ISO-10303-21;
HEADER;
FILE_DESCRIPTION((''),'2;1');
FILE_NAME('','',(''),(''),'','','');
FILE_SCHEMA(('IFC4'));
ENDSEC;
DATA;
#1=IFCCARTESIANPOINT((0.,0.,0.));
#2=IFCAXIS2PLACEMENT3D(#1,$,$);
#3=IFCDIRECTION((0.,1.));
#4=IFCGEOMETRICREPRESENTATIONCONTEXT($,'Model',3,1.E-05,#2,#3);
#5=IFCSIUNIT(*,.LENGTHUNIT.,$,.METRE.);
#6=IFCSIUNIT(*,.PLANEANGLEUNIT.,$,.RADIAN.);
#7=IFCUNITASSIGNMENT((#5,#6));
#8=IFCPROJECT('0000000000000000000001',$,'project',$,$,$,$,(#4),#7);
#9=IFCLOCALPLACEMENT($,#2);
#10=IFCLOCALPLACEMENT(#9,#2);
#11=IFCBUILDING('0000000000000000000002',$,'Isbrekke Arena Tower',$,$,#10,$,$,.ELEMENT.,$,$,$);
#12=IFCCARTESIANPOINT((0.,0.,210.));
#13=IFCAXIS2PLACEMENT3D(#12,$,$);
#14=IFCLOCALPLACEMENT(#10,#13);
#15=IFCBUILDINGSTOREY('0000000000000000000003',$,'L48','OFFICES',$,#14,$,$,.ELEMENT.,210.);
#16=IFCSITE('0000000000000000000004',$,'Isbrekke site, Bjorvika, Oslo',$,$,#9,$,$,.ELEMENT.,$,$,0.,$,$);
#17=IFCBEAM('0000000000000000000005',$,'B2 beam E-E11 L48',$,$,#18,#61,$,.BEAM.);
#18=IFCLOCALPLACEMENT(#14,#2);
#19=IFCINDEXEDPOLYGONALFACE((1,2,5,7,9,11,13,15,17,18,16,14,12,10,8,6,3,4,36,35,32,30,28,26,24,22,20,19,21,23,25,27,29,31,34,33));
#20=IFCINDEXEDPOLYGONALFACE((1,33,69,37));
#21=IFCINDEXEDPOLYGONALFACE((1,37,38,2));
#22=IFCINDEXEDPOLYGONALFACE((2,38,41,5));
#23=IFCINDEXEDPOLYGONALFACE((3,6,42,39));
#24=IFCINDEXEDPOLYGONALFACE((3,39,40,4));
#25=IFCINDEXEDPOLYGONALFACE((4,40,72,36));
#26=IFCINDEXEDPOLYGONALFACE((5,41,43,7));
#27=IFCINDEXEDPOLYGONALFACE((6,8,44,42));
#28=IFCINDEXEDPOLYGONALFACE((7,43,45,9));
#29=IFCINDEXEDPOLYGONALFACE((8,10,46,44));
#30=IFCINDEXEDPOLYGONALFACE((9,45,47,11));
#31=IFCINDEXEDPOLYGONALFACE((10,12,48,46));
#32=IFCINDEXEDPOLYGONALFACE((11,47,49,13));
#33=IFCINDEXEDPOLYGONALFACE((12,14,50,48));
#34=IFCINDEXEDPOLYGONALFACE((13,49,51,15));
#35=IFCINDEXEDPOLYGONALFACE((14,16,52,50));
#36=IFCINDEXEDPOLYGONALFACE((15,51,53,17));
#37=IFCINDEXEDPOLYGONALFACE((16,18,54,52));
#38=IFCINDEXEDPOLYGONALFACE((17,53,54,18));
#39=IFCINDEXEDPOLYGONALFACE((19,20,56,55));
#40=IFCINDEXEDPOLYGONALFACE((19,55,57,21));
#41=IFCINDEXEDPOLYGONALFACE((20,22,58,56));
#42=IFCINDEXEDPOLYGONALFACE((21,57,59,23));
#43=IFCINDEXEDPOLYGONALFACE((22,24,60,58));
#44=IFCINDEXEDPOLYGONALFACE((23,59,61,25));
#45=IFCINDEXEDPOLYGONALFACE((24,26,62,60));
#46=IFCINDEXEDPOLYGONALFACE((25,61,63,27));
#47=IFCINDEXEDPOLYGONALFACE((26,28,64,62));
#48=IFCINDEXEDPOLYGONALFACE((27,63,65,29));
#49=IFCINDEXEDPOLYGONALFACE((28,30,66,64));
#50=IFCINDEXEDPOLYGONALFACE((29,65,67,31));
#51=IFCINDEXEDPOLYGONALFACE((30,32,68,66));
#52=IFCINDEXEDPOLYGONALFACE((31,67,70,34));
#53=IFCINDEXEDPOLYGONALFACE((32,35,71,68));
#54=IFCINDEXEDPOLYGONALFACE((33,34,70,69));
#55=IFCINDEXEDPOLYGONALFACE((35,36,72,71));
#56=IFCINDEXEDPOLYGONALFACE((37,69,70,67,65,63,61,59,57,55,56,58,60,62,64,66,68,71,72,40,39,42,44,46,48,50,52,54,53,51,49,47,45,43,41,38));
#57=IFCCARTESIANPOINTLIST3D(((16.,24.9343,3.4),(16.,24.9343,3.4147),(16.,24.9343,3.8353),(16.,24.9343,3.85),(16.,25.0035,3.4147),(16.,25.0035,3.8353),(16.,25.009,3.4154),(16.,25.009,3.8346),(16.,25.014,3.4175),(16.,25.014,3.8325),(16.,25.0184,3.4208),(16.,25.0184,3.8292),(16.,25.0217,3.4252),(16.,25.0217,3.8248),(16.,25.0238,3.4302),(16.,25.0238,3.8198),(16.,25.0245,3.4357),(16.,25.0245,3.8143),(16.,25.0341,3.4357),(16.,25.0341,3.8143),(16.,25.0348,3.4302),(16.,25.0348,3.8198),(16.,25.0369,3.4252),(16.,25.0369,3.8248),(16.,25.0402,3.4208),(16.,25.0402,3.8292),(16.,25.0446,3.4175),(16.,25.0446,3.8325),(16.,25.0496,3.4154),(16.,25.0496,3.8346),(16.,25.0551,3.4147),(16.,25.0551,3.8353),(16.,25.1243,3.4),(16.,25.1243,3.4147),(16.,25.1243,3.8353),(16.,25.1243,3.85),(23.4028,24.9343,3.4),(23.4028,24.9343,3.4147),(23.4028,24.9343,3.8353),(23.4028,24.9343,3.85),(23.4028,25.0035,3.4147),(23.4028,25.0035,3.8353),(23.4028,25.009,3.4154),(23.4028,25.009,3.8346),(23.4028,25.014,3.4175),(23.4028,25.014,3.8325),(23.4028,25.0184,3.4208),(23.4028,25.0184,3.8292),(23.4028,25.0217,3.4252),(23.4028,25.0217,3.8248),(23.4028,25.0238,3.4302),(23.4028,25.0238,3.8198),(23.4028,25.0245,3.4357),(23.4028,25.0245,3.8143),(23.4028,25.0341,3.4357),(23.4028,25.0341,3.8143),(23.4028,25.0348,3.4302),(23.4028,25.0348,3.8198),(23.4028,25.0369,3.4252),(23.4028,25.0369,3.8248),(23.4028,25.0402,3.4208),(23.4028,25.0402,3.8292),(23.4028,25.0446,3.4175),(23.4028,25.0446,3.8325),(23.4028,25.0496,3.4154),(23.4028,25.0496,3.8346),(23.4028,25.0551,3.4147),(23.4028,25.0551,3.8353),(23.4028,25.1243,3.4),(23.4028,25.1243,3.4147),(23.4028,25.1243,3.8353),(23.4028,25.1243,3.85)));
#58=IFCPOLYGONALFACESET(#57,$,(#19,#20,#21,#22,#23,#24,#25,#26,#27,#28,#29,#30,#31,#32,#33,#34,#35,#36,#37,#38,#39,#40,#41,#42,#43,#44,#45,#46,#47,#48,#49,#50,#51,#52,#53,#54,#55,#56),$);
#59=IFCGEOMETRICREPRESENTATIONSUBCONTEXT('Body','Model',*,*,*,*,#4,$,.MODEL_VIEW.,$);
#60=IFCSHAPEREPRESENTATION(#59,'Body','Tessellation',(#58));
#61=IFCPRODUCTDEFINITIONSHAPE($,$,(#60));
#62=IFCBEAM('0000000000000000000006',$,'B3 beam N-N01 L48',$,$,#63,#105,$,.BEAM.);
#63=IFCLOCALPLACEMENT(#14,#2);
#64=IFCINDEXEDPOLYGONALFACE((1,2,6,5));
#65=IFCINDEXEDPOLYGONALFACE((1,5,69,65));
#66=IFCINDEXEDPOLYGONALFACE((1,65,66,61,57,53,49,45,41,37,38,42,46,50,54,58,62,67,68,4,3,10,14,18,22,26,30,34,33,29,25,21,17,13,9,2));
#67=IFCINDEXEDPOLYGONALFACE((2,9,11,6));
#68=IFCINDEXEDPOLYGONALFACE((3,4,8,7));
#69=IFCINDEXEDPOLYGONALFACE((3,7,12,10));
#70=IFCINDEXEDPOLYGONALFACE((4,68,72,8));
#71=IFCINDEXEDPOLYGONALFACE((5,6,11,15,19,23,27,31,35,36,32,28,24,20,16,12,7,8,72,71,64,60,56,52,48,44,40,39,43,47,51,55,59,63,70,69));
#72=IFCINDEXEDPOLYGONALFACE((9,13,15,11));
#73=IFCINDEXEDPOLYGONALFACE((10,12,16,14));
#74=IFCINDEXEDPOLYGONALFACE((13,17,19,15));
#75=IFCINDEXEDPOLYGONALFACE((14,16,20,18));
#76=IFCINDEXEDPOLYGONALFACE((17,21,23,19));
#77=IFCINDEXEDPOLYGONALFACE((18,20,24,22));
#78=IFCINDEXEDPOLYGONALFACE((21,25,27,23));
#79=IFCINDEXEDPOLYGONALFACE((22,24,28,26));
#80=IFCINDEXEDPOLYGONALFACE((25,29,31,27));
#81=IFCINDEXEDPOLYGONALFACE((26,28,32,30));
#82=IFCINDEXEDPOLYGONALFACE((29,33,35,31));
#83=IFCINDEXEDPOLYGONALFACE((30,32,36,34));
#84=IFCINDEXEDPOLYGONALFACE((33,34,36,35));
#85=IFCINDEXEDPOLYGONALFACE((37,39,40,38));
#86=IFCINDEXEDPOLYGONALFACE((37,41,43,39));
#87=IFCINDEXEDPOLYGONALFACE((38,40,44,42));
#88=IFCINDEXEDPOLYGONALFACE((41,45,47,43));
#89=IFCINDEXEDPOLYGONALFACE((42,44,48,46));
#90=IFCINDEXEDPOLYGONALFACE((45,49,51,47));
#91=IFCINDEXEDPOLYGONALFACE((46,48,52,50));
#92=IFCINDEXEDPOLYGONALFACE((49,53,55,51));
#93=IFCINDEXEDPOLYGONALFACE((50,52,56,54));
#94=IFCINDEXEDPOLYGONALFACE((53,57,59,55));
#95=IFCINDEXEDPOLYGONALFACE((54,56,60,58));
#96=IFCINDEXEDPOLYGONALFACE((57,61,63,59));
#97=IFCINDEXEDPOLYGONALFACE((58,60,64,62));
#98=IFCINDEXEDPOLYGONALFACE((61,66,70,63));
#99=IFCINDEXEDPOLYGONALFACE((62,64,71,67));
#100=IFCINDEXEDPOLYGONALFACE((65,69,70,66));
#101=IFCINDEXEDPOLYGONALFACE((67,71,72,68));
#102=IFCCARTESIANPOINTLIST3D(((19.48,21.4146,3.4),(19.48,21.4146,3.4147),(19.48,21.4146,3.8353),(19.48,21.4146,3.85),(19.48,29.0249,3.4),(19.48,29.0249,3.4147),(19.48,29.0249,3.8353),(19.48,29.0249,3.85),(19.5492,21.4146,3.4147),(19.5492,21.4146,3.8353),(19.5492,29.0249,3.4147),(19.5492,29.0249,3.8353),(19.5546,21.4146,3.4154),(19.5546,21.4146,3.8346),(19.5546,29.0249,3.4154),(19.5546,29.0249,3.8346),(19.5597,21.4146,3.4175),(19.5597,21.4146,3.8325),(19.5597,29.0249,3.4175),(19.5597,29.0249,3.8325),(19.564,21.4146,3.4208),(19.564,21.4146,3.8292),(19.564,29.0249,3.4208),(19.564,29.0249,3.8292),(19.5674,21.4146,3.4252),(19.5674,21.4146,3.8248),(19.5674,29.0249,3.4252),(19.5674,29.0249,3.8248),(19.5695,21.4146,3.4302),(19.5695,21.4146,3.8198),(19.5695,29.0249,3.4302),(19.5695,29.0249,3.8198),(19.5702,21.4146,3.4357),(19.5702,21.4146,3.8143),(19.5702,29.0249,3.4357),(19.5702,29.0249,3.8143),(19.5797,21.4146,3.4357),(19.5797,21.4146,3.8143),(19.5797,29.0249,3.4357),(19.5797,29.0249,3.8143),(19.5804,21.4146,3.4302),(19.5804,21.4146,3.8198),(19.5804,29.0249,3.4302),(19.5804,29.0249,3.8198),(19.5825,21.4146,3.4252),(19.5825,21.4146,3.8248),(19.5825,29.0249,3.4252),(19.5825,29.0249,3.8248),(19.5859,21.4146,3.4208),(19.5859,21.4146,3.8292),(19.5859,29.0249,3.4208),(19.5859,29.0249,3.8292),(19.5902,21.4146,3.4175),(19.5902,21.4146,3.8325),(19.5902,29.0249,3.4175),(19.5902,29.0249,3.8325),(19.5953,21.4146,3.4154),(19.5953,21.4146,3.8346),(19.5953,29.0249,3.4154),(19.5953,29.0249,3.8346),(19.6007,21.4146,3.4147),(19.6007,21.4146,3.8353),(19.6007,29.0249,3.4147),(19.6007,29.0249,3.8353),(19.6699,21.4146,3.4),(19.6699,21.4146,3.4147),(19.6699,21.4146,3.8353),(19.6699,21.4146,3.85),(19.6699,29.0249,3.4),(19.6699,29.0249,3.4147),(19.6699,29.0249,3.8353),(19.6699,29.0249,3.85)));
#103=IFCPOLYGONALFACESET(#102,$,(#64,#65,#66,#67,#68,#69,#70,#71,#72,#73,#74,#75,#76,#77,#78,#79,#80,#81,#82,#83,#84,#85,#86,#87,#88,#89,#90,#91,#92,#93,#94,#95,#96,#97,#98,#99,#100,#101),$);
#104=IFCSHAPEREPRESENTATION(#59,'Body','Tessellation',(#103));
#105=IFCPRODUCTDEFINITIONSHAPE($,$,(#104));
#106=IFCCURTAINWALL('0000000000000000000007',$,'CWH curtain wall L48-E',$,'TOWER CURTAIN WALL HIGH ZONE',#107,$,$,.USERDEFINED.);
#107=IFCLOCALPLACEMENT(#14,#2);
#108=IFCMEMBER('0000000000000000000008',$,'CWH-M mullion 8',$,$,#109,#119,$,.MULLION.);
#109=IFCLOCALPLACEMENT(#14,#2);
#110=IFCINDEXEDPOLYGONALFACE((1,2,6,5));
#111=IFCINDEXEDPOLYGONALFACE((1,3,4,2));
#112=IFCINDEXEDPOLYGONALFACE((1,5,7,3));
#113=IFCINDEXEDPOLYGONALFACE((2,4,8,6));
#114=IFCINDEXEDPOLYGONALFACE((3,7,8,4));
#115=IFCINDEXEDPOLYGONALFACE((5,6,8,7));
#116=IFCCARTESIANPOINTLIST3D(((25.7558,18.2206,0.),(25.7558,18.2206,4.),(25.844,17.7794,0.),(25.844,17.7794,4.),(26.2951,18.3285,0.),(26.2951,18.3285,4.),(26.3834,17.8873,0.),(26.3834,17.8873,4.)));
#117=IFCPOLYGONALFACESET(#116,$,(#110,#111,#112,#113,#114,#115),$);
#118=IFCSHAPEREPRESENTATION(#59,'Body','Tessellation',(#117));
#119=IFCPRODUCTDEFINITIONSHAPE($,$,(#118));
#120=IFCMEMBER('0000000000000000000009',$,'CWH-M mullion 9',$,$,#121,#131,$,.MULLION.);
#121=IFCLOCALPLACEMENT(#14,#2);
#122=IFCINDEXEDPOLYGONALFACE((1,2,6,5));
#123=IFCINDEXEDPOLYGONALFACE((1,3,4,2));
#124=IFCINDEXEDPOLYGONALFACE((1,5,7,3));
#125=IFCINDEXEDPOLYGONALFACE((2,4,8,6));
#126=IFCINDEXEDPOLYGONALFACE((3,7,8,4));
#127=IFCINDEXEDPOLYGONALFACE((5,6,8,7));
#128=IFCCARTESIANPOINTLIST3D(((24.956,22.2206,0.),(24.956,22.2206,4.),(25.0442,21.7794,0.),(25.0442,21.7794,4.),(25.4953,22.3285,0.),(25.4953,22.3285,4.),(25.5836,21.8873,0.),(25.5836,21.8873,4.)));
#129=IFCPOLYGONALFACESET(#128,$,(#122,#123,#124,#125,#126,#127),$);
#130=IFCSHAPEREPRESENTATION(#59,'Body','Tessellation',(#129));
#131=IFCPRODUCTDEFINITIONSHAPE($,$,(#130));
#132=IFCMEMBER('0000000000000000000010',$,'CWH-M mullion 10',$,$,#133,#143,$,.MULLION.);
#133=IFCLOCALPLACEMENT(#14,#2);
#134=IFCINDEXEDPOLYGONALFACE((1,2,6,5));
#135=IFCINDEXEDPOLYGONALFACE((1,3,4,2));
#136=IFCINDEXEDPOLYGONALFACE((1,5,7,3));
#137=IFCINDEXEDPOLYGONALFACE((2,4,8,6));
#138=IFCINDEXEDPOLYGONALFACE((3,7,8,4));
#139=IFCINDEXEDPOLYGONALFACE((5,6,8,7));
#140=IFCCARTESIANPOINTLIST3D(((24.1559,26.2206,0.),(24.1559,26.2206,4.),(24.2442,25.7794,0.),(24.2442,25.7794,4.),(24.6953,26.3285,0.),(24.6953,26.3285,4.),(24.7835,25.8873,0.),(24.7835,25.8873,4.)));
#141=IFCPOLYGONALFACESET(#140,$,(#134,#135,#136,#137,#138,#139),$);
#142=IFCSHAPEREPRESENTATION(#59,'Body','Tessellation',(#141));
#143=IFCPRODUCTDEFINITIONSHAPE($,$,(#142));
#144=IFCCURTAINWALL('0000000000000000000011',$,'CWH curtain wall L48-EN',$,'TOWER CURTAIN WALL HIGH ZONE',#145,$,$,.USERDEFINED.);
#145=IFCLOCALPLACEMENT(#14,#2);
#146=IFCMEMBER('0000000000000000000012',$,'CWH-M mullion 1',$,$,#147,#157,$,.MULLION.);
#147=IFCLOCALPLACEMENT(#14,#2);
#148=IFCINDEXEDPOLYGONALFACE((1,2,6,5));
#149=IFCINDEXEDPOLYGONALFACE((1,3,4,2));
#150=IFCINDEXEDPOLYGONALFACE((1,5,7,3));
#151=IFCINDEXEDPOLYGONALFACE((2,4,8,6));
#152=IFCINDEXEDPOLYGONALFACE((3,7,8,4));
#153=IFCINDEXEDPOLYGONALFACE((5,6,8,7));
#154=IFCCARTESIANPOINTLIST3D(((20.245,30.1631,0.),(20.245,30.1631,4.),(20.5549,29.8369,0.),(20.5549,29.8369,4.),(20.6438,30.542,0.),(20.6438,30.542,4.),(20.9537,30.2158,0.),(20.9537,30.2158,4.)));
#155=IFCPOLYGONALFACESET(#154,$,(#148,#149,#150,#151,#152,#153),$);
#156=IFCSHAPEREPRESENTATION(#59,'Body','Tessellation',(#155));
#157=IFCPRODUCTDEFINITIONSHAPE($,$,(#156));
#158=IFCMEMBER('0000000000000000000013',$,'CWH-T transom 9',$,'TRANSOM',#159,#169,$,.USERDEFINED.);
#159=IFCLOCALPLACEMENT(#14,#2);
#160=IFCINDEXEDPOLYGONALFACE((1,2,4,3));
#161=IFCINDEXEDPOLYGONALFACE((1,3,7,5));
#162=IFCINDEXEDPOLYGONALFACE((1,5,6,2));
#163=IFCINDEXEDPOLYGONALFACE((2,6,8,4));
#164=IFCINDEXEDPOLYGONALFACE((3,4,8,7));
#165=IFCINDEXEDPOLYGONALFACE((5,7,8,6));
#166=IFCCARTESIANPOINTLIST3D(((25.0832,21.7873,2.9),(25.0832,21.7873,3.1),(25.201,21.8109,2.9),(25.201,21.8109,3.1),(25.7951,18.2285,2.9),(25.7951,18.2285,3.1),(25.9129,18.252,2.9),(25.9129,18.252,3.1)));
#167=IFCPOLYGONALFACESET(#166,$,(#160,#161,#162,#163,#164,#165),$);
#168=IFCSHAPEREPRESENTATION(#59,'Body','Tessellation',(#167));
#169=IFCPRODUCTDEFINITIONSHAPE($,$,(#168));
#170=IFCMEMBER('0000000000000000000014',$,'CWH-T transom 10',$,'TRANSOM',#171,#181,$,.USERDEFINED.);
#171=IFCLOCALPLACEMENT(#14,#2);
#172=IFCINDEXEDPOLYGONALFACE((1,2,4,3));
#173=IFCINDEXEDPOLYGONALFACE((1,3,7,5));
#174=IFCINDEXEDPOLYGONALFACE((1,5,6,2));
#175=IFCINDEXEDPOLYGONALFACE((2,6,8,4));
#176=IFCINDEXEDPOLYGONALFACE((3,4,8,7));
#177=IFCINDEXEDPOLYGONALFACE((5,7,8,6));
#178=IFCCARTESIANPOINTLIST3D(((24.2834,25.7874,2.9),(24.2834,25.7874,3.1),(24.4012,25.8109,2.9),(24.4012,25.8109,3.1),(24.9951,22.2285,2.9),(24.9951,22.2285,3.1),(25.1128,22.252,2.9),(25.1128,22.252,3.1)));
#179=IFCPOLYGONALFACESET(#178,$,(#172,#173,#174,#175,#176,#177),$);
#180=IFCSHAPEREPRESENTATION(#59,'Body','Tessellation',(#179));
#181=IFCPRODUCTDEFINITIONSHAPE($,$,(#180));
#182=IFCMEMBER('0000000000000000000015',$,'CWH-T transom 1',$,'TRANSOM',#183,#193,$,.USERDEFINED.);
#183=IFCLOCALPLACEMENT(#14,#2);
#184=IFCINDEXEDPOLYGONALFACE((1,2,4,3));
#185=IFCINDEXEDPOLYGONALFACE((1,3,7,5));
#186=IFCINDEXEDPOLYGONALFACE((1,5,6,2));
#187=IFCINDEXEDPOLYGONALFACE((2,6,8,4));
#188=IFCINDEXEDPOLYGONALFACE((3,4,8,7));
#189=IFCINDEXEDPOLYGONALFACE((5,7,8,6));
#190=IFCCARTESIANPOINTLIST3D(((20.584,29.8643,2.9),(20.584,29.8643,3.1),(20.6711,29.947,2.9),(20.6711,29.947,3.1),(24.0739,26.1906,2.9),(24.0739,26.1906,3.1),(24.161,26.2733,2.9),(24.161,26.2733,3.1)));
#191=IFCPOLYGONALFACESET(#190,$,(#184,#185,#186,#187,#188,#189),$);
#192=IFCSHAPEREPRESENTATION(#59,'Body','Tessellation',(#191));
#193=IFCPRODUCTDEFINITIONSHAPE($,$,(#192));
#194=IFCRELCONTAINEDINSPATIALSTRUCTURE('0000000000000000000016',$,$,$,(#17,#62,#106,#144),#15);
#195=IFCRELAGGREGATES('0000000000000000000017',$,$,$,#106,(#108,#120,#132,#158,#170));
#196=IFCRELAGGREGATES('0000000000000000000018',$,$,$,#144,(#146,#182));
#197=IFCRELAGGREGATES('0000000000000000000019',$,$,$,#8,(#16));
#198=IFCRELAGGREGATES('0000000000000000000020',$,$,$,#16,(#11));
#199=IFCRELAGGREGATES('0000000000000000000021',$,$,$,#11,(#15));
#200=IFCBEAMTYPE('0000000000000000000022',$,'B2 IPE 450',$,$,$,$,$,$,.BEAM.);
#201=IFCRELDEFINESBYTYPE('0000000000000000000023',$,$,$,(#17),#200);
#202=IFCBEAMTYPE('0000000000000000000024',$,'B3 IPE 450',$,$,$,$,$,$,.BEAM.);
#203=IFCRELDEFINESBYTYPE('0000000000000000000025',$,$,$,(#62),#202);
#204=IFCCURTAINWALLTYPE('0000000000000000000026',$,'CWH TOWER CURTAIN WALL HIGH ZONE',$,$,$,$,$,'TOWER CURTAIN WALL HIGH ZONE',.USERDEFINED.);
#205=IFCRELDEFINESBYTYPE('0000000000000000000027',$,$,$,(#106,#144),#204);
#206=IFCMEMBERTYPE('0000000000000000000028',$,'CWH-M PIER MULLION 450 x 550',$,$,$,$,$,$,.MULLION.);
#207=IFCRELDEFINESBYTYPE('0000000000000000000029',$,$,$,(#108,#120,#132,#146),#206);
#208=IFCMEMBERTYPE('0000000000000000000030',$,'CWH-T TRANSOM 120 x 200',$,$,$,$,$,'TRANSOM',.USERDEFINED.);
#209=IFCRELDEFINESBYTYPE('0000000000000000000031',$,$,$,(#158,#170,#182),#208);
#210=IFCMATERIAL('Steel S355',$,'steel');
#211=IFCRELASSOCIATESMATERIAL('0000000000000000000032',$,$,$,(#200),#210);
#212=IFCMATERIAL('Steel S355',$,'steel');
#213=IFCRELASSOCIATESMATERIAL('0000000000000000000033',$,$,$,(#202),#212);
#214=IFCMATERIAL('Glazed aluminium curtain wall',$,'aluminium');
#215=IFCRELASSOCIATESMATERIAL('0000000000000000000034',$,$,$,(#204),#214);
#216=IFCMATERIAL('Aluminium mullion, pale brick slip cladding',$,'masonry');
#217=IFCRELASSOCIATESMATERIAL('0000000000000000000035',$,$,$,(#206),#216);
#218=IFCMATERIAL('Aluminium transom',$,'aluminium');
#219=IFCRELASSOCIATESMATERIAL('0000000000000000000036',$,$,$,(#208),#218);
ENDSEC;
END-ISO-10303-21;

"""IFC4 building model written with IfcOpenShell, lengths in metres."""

from ifc_helpers import new_model, si_unit, direction, frame, origin, origin_2d, place, context, subcontext, project, spatial, rectangle, i_section, extrude, material, material_profile, profile_set, type_object, element, aggregate, save


model = new_model("IFC4")

# Units and contexts
model_context = context("Model", 3, precision=1e-05, world=origin(), true_north=direction((0.0, 1.0)))
body_context = subcontext(model_context, "Body", "Model", "MODEL_VIEW")
ifc_project = project(units=[si_unit("LENGTHUNIT", "METRE"), si_unit("PLANEANGLEUNIT", "RADIAN")], contexts=[model_context])

# Site, building, storey
site_placement = place(None, origin())
site = spatial("IfcSite", under=ifc_project, at=site_placement, Name="Isbrekke site, Bjorvika, Oslo", CompositionType="ELEMENT", RefElevation=0.0)
building_placement = place(site_placement, origin())
building = spatial("IfcBuilding", under=site, at=building_placement, Name="Isbrekke Arena Tower", CompositionType="ELEMENT")
storey_placement = place(building_placement, frame((0.0, 0.0, 210.0)))
storey = spatial("IfcBuildingStorey", under=building, at=storey_placement, Name="L48", Description="OFFICES", CompositionType="ELEMENT", Elevation=210.0)

# Beams
ifc_material_1 = material(Name="Steel S355", Category="steel")
ifc_material_profile_1 = material_profile(ifc_material_1, i_section(OverallWidth=0.1899, OverallDepth=0.45, WebThickness=0.0095, FlangeThickness=0.0146, FilletRadius=0.021, at=origin_2d()), Name="IPE 450")
ifc_profile_set_1 = profile_set([ifc_material_profile_1], Name="Steel S355")
beam_type_1 = type_object("IfcBeamType", Name="B2 IPE 450", PredefinedType="BEAM", material=ifc_profile_set_1)
beam_1_placement = place(storey_placement, frame((23.4028, 25.0293, 3.625), z_axis=(-1.0, 0.0, 0.0), x_axis=(0.0, -1.0, 0.0)))
element("IfcBeam", 1, at=beam_1_placement, inside=storey, type_object=beam_type_1, Name="B2 beam E-E11 L48", PredefinedType="BEAM", context=body_context, shape_type="SweptSolid", body=[
    extrude(i_section(OverallWidth=0.1899, OverallDepth=0.45, WebThickness=0.0095, FlangeThickness=0.0146, FilletRadius=0.021, at=origin_2d()), origin(), (0.0, 0.0, 1.0), 7.4028),
])
ifc_material_2 = material(Name="Steel S355", Category="steel")
ifc_material_profile_2 = material_profile(ifc_material_2, i_section(OverallWidth=0.1899, OverallDepth=0.45, WebThickness=0.0095, FlangeThickness=0.0146, FilletRadius=0.021, at=origin_2d()), Name="IPE 450")
ifc_profile_set_2 = profile_set([ifc_material_profile_2], Name="Steel S355")
beam_type_2 = type_object("IfcBeamType", Name="B3 IPE 450", PredefinedType="BEAM", material=ifc_profile_set_2)
beam_2_placement = place(storey_placement, frame((19.575, 29.0249, 3.625), z_axis=(0.0, -1.0, 0.0), x_axis=(1.0, 0.0, 0.0)))
element("IfcBeam", 2, at=beam_2_placement, inside=storey, type_object=beam_type_2, Name="B3 beam N-N01 L48", PredefinedType="BEAM", context=body_context, shape_type="SweptSolid", body=[
    extrude(i_section(OverallWidth=0.1899, OverallDepth=0.45, WebThickness=0.0095, FlangeThickness=0.0146, FilletRadius=0.021, at=origin_2d()), origin(), (0.0, 0.0, 1.0), 7.6104),
])

# Curtain wall, members
ifc_material_3 = material(Name="Glazed aluminium curtain wall", Category="aluminium")
curtain_wall_type = type_object("IfcCurtainWallType", Name="CWH TOWER CURTAIN WALL HIGH ZONE", ElementType="TOWER CURTAIN WALL HIGH ZONE", PredefinedType="USERDEFINED", material=ifc_material_3)
curtain_wall_1_placement = place(storey_placement, origin())
curtain_wall_1 = element("IfcCurtainWall", 3, at=curtain_wall_1_placement, inside=storey, type_object=curtain_wall_type, Name="CWH curtain wall L48-E", ObjectType="TOWER CURTAIN WALL HIGH ZONE", PredefinedType="USERDEFINED")
ifc_material_4 = material(Name="Aluminium mullion, pale brick slip cladding", Category="masonry")
ifc_material_profile_3 = material_profile(ifc_material_4, rectangle(XDim=0.45, YDim=0.55, at=origin_2d()), Name="PIER 450X550")
ifc_profile_set_3 = profile_set([ifc_material_profile_3], Name="Aluminium mullion, pale brick slip cladding")
member_type_1 = type_object("IfcMemberType", Name="CWH-M PIER MULLION 450 x 550", PredefinedType="MULLION", material=ifc_profile_set_3)
member_1_placement = place(storey_placement, frame((26.0696, 18.054, 0.0), z_axis=(0.0, 0.0, 1.0), x_axis=(-0.196116, 0.980581, 0.0)))
member_1 = element("IfcMember", 4, at=member_1_placement, type_object=member_type_1, Name="CWH-M mullion 8", PredefinedType="MULLION", context=body_context, shape_type="SweptSolid", body=[
    extrude(rectangle(XDim=0.45, YDim=0.55, at=origin_2d()), origin(), (0.0, 0.0, 1.0), 4.0),
])
member_2_placement = place(storey_placement, frame((25.2698, 22.054, 0.0), z_axis=(0.0, 0.0, 1.0), x_axis=(-0.196116, 0.980581, 0.0)))
member_2 = element("IfcMember", 5, at=member_2_placement, type_object=member_type_1, Name="CWH-M mullion 9", PredefinedType="MULLION", context=body_context, shape_type="SweptSolid", body=[
    extrude(rectangle(XDim=0.45, YDim=0.55, at=origin_2d()), origin(), (0.0, 0.0, 1.0), 4.0),
])
member_3_placement = place(storey_placement, frame((24.4697, 26.054, 0.0), z_axis=(0.0, 0.0, 1.0), x_axis=(-0.196116, 0.980581, 0.0)))
member_3 = element("IfcMember", 6, at=member_3_placement, type_object=member_type_1, Name="CWH-M mullion 10", PredefinedType="MULLION", context=body_context, shape_type="SweptSolid", body=[
    extrude(rectangle(XDim=0.45, YDim=0.55, at=origin_2d()), origin(), (0.0, 0.0, 1.0), 4.0),
])

# Curtain wall, member
curtain_wall_2_placement = place(storey_placement, origin())
curtain_wall_2 = element("IfcCurtainWall", 7, at=curtain_wall_2_placement, inside=storey, type_object=curtain_wall_type, Name="CWH curtain wall L48-EN", ObjectType="TOWER CURTAIN WALL HIGH ZONE", PredefinedType="USERDEFINED")
member_4_placement = place(storey_placement, frame((20.5994, 30.1895, 0.0), z_axis=(0.0, 0.0, 1.0), x_axis=(-0.688749, 0.724999, 0.0)))
member_4 = element("IfcMember", 8, at=member_4_placement, type_object=member_type_1, Name="CWH-M mullion 1", PredefinedType="MULLION", context=body_context, shape_type="SweptSolid", body=[
    extrude(rectangle(XDim=0.45, YDim=0.55, at=origin_2d()), origin(), (0.0, 0.0, 1.0), 4.0),
])

# Members
ifc_material_5 = material(Name="Aluminium transom", Category="aluminium")
ifc_material_profile_4 = material_profile(ifc_material_5, rectangle(XDim=0.1201, YDim=0.2, at=origin_2d()), Name="TRANSOM 120X200")
ifc_profile_set_4 = profile_set([ifc_material_profile_4], Name="Aluminium transom")
member_type_2 = type_object("IfcMemberType", Name="CWH-T TRANSOM 120 x 200", ElementType="TRANSOM", PredefinedType="USERDEFINED", material=ifc_profile_set_4)
member_5_placement = place(storey_placement, frame((25.854, 18.2402, 3.0), z_axis=(-0.196155, 0.980573, 0.0), x_axis=(-0.980573, -0.196155, 0.0)))
member_5 = element("IfcMember", 9, at=member_5_placement, type_object=member_type_2, Name="CWH-T transom 9", ObjectType="TRANSOM", PredefinedType="USERDEFINED", context=body_context, shape_type="SweptSolid", body=[
    extrude(rectangle(XDim=0.1201, YDim=0.2, at=origin_2d()), origin(), (0.0, 0.0, 1.0), 3.6294),
])
member_6_placement = place(storey_placement, frame((25.054, 22.2402, 3.0), z_axis=(-0.19609, 0.980586, 0.0), x_axis=(-0.980586, -0.19609, 0.0)))
member_6 = element("IfcMember", 10, at=member_6_placement, type_object=member_type_2, Name="CWH-T transom 10", ObjectType="TRANSOM", PredefinedType="USERDEFINED", context=body_context, shape_type="SweptSolid", body=[
    extrude(rectangle(XDim=0.1201, YDim=0.2, at=origin_2d()), origin(), (0.0, 0.0, 1.0), 3.6294),
])
member_7_placement = place(storey_placement, frame((24.1174, 26.2319, 3.0), z_axis=(-0.688734, 0.725014, 0.0), x_axis=(-0.725014, -0.688734, 0.0)))
member_7 = element("IfcMember", 11, at=member_7_placement, type_object=member_type_2, Name="CWH-T transom 1", ObjectType="TRANSOM", PredefinedType="USERDEFINED", context=body_context, shape_type="SweptSolid", body=[
    extrude(rectangle(XDim=0.1201, YDim=0.2, at=origin_2d()), origin(), (0.0, 0.0, 1.0), 5.0671),
])

aggregate(curtain_wall_1, [member_1, member_2, member_3, member_5, member_6])
aggregate(curtain_wall_2, [member_4, member_7])

save(model, "model.ifc")
